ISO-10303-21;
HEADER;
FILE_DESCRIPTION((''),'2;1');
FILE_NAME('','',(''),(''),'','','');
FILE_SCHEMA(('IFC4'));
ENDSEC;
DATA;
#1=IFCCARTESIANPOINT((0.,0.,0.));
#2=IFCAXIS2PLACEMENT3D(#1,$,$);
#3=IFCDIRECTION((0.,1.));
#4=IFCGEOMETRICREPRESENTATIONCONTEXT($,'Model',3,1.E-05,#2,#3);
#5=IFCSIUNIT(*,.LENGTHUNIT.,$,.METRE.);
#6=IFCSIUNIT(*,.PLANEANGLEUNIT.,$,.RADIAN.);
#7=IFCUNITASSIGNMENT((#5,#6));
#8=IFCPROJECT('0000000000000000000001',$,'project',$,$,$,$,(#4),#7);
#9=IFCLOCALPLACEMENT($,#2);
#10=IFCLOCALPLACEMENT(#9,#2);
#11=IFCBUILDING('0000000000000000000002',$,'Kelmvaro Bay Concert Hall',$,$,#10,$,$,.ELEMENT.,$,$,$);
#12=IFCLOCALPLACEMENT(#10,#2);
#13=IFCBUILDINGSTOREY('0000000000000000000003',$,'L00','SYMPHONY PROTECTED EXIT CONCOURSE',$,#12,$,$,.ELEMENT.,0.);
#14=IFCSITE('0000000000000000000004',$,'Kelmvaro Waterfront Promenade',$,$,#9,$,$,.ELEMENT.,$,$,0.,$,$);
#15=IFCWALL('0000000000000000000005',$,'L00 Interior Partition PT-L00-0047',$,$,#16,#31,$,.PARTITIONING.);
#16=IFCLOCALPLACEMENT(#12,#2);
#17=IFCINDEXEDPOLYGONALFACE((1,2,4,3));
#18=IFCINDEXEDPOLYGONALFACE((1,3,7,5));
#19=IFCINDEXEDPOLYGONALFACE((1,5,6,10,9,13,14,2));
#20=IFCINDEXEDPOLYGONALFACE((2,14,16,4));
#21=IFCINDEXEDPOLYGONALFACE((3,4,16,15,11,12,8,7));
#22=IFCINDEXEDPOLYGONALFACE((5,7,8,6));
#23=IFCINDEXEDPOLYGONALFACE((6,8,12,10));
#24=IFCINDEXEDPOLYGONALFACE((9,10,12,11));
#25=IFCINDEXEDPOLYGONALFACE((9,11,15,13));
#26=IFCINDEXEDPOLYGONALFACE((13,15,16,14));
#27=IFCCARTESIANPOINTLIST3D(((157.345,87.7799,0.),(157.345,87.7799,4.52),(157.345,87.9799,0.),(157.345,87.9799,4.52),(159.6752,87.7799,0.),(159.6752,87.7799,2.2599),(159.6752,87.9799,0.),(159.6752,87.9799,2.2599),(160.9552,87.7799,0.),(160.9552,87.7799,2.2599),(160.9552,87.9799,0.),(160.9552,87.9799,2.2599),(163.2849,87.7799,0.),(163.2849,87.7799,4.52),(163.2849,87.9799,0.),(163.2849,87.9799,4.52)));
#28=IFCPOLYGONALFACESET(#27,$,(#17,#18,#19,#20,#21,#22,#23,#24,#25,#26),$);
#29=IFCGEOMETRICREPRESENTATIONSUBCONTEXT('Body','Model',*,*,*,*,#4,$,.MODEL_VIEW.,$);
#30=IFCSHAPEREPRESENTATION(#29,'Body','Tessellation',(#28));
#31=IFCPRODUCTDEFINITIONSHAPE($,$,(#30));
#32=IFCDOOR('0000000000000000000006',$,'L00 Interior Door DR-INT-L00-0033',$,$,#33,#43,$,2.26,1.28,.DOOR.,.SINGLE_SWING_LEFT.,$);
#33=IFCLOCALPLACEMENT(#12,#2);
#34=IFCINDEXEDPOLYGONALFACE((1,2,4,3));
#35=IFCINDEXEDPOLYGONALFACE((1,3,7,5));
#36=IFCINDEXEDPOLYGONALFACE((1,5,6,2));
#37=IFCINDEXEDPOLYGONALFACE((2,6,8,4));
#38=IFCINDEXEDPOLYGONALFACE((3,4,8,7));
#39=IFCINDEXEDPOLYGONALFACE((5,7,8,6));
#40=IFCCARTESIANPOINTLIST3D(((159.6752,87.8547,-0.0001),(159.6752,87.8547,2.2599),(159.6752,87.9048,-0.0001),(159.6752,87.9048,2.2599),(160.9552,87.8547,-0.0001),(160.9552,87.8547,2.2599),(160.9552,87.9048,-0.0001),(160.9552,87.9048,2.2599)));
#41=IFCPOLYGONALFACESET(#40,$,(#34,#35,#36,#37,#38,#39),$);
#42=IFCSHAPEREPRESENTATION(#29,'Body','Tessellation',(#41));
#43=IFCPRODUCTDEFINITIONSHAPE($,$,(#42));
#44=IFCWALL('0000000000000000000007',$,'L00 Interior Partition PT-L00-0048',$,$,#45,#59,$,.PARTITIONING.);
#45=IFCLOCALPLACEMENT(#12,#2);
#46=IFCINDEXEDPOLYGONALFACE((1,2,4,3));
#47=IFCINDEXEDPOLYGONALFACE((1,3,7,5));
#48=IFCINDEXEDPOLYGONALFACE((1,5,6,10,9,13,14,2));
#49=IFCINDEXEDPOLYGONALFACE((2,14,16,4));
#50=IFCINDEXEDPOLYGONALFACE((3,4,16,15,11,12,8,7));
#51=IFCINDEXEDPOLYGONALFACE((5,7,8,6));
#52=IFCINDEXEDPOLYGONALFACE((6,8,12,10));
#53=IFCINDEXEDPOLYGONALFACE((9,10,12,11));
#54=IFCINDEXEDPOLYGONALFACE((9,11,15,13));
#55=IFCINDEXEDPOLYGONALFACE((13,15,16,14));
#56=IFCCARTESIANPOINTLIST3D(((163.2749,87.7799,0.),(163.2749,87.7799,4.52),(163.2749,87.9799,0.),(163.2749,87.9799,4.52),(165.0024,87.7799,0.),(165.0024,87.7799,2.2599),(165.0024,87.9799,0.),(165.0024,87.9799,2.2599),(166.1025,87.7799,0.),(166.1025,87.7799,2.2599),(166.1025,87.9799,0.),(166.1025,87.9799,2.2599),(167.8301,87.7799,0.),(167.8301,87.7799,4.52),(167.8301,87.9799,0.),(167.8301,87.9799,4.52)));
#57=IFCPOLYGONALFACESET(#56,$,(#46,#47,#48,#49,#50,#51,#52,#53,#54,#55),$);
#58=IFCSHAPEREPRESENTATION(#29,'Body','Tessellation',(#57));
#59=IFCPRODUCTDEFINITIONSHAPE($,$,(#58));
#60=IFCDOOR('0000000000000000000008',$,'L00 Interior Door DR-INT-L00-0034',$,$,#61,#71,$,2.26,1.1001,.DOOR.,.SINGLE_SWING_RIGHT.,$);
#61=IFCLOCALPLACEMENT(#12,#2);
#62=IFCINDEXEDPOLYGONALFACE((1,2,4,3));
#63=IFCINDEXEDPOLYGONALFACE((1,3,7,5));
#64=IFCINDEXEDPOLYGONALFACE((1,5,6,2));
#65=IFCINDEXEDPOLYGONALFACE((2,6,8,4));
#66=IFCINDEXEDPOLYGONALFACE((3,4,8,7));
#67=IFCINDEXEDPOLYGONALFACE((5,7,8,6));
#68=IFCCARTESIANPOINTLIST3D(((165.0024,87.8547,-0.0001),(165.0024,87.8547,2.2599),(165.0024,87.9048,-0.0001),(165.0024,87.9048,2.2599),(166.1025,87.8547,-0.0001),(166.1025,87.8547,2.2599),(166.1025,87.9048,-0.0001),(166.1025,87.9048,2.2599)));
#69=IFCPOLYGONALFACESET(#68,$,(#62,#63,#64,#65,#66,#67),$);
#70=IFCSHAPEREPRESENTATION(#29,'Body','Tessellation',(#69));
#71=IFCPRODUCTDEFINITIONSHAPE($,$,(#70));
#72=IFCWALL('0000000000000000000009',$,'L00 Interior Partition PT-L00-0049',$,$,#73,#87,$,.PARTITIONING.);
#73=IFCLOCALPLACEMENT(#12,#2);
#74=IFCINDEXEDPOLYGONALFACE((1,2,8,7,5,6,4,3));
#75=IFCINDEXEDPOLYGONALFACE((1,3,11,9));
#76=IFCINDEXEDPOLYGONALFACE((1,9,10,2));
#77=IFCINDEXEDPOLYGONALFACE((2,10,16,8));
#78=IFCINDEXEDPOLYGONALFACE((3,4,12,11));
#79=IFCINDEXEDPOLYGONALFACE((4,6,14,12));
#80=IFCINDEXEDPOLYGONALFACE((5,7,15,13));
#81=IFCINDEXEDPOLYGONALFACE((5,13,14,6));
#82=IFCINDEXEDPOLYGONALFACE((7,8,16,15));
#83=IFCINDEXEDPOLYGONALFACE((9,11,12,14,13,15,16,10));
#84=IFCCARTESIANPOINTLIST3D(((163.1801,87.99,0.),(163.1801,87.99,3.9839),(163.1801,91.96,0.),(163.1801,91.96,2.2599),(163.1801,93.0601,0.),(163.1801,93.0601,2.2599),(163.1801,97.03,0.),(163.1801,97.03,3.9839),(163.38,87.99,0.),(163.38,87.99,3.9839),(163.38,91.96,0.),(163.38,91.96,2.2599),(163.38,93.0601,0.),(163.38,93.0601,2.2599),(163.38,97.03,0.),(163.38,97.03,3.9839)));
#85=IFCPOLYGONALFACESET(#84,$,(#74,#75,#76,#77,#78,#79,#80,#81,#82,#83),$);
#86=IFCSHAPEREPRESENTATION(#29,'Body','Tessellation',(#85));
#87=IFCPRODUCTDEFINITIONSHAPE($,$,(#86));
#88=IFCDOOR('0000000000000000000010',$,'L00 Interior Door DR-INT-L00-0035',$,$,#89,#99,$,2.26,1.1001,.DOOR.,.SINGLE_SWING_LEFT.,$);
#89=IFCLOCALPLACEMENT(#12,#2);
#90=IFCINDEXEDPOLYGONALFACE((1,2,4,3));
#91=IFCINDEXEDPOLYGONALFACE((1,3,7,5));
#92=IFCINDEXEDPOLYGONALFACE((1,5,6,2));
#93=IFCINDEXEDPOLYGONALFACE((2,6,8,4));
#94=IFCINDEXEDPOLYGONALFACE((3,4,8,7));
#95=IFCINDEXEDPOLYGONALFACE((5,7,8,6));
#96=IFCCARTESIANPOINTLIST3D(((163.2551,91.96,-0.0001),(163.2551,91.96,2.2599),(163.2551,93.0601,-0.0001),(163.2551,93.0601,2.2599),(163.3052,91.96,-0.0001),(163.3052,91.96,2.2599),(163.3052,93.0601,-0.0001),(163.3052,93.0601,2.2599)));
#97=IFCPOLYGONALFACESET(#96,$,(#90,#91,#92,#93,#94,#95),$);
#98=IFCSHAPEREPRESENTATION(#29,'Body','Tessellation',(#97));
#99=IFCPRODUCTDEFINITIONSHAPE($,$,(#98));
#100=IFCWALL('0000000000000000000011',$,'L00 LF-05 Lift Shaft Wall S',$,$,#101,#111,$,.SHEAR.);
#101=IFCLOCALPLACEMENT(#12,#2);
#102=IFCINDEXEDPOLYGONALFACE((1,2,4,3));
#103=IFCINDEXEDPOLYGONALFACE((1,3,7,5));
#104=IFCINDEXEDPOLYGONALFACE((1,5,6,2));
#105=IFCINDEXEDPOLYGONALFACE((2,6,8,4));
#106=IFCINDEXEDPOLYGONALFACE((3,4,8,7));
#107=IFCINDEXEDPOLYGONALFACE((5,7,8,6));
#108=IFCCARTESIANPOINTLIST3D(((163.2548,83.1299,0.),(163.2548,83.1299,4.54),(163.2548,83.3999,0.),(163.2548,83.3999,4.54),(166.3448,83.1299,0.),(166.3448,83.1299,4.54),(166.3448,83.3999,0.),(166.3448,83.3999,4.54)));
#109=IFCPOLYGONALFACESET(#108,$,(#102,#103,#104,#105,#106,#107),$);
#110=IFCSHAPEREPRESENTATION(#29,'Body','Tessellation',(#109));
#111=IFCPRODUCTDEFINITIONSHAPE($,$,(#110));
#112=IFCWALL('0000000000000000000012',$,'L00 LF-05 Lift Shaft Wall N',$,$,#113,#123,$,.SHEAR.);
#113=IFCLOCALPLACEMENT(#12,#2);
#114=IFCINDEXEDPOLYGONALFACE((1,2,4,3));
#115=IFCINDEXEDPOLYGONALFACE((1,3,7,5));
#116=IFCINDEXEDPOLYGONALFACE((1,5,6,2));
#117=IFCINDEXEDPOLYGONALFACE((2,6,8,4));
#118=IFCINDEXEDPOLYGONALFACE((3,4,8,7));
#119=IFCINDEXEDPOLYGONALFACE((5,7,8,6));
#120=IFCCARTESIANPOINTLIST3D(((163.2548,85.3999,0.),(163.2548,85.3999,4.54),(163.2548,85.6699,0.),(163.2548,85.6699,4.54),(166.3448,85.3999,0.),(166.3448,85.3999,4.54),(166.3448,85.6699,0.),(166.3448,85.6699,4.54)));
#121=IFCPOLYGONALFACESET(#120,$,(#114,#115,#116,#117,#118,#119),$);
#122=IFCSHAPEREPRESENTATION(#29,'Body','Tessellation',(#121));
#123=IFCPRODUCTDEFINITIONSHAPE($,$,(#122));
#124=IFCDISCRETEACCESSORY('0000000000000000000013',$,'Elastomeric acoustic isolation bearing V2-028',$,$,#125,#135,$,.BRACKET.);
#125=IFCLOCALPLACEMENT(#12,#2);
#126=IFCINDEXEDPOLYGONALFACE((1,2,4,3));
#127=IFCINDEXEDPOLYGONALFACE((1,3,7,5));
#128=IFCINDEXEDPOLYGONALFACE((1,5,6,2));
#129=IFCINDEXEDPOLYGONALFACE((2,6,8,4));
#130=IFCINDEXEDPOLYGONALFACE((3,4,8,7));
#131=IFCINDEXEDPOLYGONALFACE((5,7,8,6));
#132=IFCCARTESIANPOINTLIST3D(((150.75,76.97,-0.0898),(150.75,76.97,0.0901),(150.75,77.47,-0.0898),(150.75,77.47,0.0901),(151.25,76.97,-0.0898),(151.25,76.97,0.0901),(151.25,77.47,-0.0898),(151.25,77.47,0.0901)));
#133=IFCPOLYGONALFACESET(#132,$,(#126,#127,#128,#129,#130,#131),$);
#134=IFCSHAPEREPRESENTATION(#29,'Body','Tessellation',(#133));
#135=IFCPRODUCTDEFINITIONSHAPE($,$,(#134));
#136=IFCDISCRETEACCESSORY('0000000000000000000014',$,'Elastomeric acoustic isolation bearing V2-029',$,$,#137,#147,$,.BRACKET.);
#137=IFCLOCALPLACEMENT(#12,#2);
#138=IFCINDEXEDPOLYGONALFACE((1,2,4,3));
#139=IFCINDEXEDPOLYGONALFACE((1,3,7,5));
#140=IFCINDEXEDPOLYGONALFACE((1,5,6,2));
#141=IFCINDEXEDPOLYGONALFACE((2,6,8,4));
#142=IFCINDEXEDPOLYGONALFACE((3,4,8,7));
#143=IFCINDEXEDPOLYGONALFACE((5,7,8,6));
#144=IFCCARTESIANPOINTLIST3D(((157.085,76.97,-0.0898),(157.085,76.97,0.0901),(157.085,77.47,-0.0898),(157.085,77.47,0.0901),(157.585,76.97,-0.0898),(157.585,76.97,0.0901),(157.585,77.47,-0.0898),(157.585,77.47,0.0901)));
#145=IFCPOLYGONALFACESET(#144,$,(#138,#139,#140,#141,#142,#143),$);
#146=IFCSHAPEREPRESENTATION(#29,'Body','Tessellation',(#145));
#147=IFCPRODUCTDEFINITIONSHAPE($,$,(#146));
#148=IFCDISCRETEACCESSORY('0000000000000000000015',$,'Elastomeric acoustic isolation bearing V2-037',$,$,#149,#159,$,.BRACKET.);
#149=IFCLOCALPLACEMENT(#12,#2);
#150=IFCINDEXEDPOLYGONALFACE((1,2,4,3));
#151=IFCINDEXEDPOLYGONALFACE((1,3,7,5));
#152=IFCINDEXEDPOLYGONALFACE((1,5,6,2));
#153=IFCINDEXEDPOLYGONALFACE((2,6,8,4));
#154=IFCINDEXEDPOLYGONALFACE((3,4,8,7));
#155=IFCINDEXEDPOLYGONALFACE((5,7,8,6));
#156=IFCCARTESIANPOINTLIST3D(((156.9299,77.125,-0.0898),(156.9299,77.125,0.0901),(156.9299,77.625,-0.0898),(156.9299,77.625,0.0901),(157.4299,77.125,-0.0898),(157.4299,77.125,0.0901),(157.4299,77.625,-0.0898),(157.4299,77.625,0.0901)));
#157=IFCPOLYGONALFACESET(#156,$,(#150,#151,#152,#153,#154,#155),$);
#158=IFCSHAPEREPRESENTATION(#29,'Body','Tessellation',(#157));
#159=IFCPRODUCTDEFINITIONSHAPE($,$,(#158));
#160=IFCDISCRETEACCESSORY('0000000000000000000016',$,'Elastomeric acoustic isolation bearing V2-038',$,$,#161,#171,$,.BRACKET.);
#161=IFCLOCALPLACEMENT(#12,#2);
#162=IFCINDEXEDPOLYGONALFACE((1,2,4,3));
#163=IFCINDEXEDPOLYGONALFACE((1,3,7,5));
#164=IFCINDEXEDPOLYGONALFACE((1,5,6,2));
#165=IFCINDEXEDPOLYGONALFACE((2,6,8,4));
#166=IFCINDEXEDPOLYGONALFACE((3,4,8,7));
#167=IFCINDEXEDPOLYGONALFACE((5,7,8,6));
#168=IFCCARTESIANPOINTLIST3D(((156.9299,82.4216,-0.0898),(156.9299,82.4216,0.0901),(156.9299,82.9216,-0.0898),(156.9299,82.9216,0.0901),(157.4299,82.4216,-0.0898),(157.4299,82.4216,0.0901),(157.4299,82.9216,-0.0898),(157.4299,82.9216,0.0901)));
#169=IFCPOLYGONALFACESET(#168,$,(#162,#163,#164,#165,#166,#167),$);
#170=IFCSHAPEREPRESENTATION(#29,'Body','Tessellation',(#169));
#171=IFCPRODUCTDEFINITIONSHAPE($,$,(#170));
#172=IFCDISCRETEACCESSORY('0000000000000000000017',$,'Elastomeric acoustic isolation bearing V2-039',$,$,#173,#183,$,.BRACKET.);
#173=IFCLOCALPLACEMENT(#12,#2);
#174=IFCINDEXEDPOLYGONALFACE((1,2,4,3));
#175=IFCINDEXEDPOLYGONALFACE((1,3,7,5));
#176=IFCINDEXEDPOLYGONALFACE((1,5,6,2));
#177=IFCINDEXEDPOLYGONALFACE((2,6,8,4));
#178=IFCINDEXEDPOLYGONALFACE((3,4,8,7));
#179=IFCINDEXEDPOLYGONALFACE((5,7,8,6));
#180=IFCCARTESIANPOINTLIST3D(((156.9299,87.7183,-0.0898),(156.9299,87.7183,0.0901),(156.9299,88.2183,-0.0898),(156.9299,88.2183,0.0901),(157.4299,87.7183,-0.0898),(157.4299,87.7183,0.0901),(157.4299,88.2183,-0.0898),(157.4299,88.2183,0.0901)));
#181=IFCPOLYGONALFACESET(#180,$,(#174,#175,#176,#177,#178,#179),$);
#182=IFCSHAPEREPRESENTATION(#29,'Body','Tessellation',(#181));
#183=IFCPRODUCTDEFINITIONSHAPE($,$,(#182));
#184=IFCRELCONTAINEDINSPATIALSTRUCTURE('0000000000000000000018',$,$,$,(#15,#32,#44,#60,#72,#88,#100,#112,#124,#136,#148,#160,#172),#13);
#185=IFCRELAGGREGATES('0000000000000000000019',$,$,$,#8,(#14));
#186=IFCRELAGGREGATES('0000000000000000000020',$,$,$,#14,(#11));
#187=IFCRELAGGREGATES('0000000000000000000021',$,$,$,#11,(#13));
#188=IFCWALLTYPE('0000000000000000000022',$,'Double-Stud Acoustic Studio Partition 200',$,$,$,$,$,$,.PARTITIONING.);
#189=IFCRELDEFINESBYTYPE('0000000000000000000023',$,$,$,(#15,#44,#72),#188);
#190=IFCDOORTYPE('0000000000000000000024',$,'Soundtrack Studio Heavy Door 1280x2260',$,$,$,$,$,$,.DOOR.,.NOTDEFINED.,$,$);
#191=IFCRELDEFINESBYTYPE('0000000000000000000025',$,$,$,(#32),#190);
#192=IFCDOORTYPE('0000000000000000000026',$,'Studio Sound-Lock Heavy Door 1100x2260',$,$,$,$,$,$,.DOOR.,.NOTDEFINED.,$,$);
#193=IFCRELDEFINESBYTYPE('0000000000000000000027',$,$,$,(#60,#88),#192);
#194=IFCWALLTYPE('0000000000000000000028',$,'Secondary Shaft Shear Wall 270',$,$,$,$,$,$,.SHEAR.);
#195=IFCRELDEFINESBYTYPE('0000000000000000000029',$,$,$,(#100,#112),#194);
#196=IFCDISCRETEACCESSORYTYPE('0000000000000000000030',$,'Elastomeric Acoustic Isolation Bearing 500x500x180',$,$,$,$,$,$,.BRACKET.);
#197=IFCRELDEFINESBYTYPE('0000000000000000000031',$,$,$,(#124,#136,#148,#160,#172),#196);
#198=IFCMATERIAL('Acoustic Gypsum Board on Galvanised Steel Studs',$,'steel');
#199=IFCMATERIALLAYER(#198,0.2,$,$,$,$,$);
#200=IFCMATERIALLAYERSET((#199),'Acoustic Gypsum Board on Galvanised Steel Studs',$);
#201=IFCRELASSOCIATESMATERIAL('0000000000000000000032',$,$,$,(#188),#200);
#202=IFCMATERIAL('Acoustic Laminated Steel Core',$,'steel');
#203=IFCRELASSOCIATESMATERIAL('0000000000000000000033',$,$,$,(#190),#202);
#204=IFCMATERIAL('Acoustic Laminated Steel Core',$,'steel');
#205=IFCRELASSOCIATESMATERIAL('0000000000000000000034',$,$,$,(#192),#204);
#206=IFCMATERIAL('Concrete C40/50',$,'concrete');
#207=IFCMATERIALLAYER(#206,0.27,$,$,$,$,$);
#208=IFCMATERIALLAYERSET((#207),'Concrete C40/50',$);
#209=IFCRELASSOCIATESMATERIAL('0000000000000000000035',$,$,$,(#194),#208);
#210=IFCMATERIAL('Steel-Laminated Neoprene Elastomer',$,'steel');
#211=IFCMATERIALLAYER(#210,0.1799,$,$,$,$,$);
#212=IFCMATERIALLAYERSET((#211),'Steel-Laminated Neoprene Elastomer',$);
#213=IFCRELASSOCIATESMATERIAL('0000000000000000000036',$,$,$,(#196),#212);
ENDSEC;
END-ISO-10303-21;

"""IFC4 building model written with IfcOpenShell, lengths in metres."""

from ifc_helpers import new_model, si_unit, direction, frame, frame_2d, origin, origin_2d, place, context, subcontext, project, spatial, rectangle, extrude, material, layer, layer_set, type_object, element, fill, save


model = new_model("IFC4")

# Units and contexts
model_context = context("Model", 3, precision=1e-05, world=origin(), true_north=direction((0.0, 1.0)))
body_context = subcontext(model_context, "Body", "Model", "MODEL_VIEW")
ifc_project = project(units=[si_unit("LENGTHUNIT", "METRE"), si_unit("PLANEANGLEUNIT", "RADIAN")], contexts=[model_context])

# Site, building, storey
site_placement = place(None, origin())
site = spatial("IfcSite", under=ifc_project, at=site_placement, Name="Kelmvaro Waterfront Promenade", CompositionType="ELEMENT", RefElevation=0.0)
building_placement = place(site_placement, origin())
building = spatial("IfcBuilding", under=site, at=building_placement, Name="Kelmvaro Bay Concert Hall", CompositionType="ELEMENT")
storey_placement = place(building_placement, origin())
storey = spatial("IfcBuildingStorey", under=building, at=storey_placement, Name="L00", Description="SYMPHONY PROTECTED EXIT CONCOURSE", CompositionType="ELEMENT", Elevation=0.0)

# Walls, openings, doors
ifc_material_1 = material(Name="Acoustic Gypsum Board on Galvanised Steel Studs", Category="steel")
ifc_layer_1 = layer(ifc_material_1, 0.2)
ifc_layer_set_1 = layer_set([ifc_layer_1], Name="Acoustic Gypsum Board on Galvanised Steel Studs")
wall_type_1 = type_object("IfcWallType", Name="Double-Stud Acoustic Studio Partition 200", PredefinedType="PARTITIONING", material=ifc_layer_set_1)
wall_1_placement = place(storey_placement, frame((157.345, 87.8799, 0.0), z_axis=(0.0, 0.0, 1.0), x_axis=(1.0, 0.0, 0.0)))
wall_1 = element("IfcWall", 1, at=wall_1_placement, inside=storey, type_object=wall_type_1, Name="L00 Interior Partition PT-L00-0047", PredefinedType="PARTITIONING", context=body_context, shape_type="SweptSolid", body=[
    extrude(rectangle(XDim=5.9399, YDim=0.2, at=frame_2d((2.97, 0.0))), origin(), (0.0, 0.0, 1.0), 4.52),
])
opening_1_placement = place(wall_1_placement, frame((2.3301, 0.0, 0.0)))
opening_1 = element("IfcOpeningElement", 2, at=opening_1_placement, cuts=wall_1, PredefinedType="OPENING", context=body_context, shape_type="SweptSolid", body=[
    extrude(rectangle(XDim=1.28, YDim=2.26, at=frame_2d((0.6401, 1.1299))), frame((0.0, 0.1099, 0.0), z_axis=(0.0, -1.0, 0.0), x_axis=(1.0, 0.0, 0.0)), (0.0, 0.0, 1.0), 0.22),
])
ifc_material_2 = material(Name="Acoustic Laminated Steel Core", Category="steel")
door_type_1 = type_object("IfcDoorType", Name="Soundtrack Studio Heavy Door 1280x2260", OperationType="NOTDEFINED", PredefinedType="DOOR", material=ifc_material_2)
door_1_placement = place(opening_1_placement, origin())
door_1 = element("IfcDoor", 3, at=door_1_placement, inside=storey, type_object=door_type_1, Name="L00 Interior Door DR-INT-L00-0033", OperationType="SINGLE_SWING_LEFT", OverallHeight=2.26, OverallWidth=1.28, PredefinedType="DOOR", context=body_context, shape_type="SweptSolid", body=[
    extrude(rectangle(XDim=1.28, YDim=2.26, at=frame_2d((0.6401, 1.1299))), frame((0.0, 0.0249, 0.0), z_axis=(0.0, -1.0, 0.0), x_axis=(1.0, 0.0, 0.0)), (0.0, 0.0, 1.0), 0.05),
])
fill(opening_1, door_1)
wall_2_placement = place(storey_placement, frame((163.2749, 87.8799, 0.0), z_axis=(0.0, 0.0, 1.0), x_axis=(1.0, 0.0, 0.0)))
wall_2 = element("IfcWall", 4, at=wall_2_placement, inside=storey, type_object=wall_type_1, Name="L00 Interior Partition PT-L00-0048", PredefinedType="PARTITIONING", context=body_context, shape_type="SweptSolid", body=[
    extrude(rectangle(XDim=4.5552, YDim=0.2, at=frame_2d((2.2776, 0.0))), origin(), (0.0, 0.0, 1.0), 4.52),
])
opening_2_placement = place(wall_2_placement, frame((1.7275, 0.0, 0.0)))
opening_2 = element("IfcOpeningElement", 5, at=opening_2_placement, cuts=wall_2, PredefinedType="OPENING", context=body_context, shape_type="SweptSolid", body=[
    extrude(rectangle(XDim=1.1001, YDim=2.26, at=frame_2d((0.55, 1.1299))), frame((0.0, 0.1099, 0.0), z_axis=(0.0, -1.0, 0.0), x_axis=(1.0, 0.0, 0.0)), (0.0, 0.0, 1.0), 0.22),
])
ifc_material_3 = material(Name="Acoustic Laminated Steel Core", Category="steel")
door_type_2 = type_object("IfcDoorType", Name="Studio Sound-Lock Heavy Door 1100x2260", OperationType="NOTDEFINED", PredefinedType="DOOR", material=ifc_material_3)
door_2_placement = place(opening_2_placement, origin())
door_2 = element("IfcDoor", 6, at=door_2_placement, inside=storey, type_object=door_type_2, Name="L00 Interior Door DR-INT-L00-0034", OperationType="SINGLE_SWING_RIGHT", OverallHeight=2.26, OverallWidth=1.1001, PredefinedType="DOOR", context=body_context, shape_type="SweptSolid", body=[
    extrude(rectangle(XDim=1.1001, YDim=2.26, at=frame_2d((0.55, 1.1299))), frame((0.0, 0.0249, 0.0), z_axis=(0.0, -1.0, 0.0), x_axis=(1.0, 0.0, 0.0)), (0.0, 0.0, 1.0), 0.05),
])
fill(opening_2, door_2)
wall_3_placement = place(storey_placement, frame((163.28, 87.99, 0.0), z_axis=(0.0, 0.0, 1.0), x_axis=(0.0, 1.0, 0.0)))
wall_3 = element("IfcWall", 7, at=wall_3_placement, inside=storey, type_object=wall_type_1, Name="L00 Interior Partition PT-L00-0049", PredefinedType="PARTITIONING", context=body_context, shape_type="SweptSolid", body=[
    extrude(rectangle(XDim=9.04, YDim=0.2, at=frame_2d((4.52, 0.0))), origin(), (0.0, 0.0, 1.0), 3.9839),
])
opening_3_placement = place(wall_3_placement, frame((3.97, 0.0, 0.0)))
opening_3 = element("IfcOpeningElement", 8, at=opening_3_placement, cuts=wall_3, PredefinedType="OPENING", context=body_context, shape_type="SweptSolid", body=[
    extrude(rectangle(XDim=1.1001, YDim=2.26, at=frame_2d((0.55, 1.1299))), frame((0.0, 0.1099, 0.0), z_axis=(0.0, -1.0, 0.0), x_axis=(1.0, 0.0, 0.0)), (0.0, 0.0, 1.0), 0.22),
])
door_3_placement = place(opening_3_placement, origin())
door_3 = element("IfcDoor", 9, at=door_3_placement, inside=storey, type_object=door_type_2, Name="L00 Interior Door DR-INT-L00-0035", OperationType="SINGLE_SWING_LEFT", OverallHeight=2.26, OverallWidth=1.1001, PredefinedType="DOOR", context=body_context, shape_type="SweptSolid", body=[
    extrude(rectangle(XDim=1.1001, YDim=2.26, at=frame_2d((0.55, 1.1299))), frame((0.0, 0.0249, 0.0), z_axis=(0.0, -1.0, 0.0), x_axis=(1.0, 0.0, 0.0)), (0.0, 0.0, 1.0), 0.05),
])
fill(opening_3, door_3)

# Walls
ifc_material_4 = material(Name="Concrete C40/50", Category="concrete")
ifc_layer_2 = layer(ifc_material_4, 0.27)
ifc_layer_set_2 = layer_set([ifc_layer_2], Name="Concrete C40/50")
wall_type_2 = type_object("IfcWallType", Name="Secondary Shaft Shear Wall 270", PredefinedType="SHEAR", material=ifc_layer_set_2)
for number, where, z_axis, x_axis, name in (
    (10, (163.2549, 83.2649, 0.0), (0.0, 0.0, 1.0), (1.0, 0.0, 0.0), "L00 LF-05 Lift Shaft Wall S"),
    (11, (163.2549, 85.5349, 0.0), (0.0, 0.0, 1.0), (1.0, 0.0, 0.0), "L00 LF-05 Lift Shaft Wall N"),
):
    element("IfcWall", number, at=place(storey_placement, frame(where, z_axis=z_axis, x_axis=x_axis)), inside=storey, type_object=wall_type_2, Name=name, PredefinedType="SHEAR", context=body_context, shape_type="SweptSolid", body=[
        extrude(rectangle(XDim=3.0901, YDim=0.27, at=frame_2d((1.5449, 0.0))), origin(), (0.0, 0.0, 1.0), 4.54),
    ])

# Discrete accessories
ifc_material_5 = material(Name="Steel-Laminated Neoprene Elastomer", Category="steel")
ifc_layer_3 = layer(ifc_material_5, 0.1799)
ifc_layer_set_3 = layer_set([ifc_layer_3], Name="Steel-Laminated Neoprene Elastomer")
discrete_accessory_type = type_object("IfcDiscreteAccessoryType", Name="Elastomeric Acoustic Isolation Bearing 500x500x180", PredefinedType="BRACKET", material=ifc_layer_set_3)
for number, where, z_axis, x_axis, name in (
    (12, (151.0, 77.22, -0.0898), (0.0, 0.0, 1.0), (1.0, 0.0, 0.0), "Elastomeric acoustic isolation bearing V2-028"),
    (13, (157.335, 77.22, -0.0898), (0.0, 0.0, 1.0), (1.0, 0.0, 0.0), "Elastomeric acoustic isolation bearing V2-029"),
    (14, (157.1799, 77.375, -0.0898), (0.0, 0.0, 1.0), (1.0, 0.0, 0.0), "Elastomeric acoustic isolation bearing V2-037"),
    (15, (157.1799, 82.6716, -0.0898), (0.0, 0.0, 1.0), (1.0, 0.0, 0.0), "Elastomeric acoustic isolation bearing V2-038"),
    (16, (157.1799, 87.9683, -0.0898), (0.0, 0.0, 1.0), (1.0, 0.0, 0.0), "Elastomeric acoustic isolation bearing V2-039"),
):
    element("IfcDiscreteAccessory", number, at=place(storey_placement, frame(where, z_axis=z_axis, x_axis=x_axis)), inside=storey, type_object=discrete_accessory_type, Name=name, PredefinedType="BRACKET", context=body_context, shape_type="SweptSolid", body=[
        extrude(rectangle(XDim=0.5, YDim=0.5, at=origin_2d()), origin(), (0.0, 0.0, 1.0), 0.1799),
    ])

save(model, "model.ifc")
